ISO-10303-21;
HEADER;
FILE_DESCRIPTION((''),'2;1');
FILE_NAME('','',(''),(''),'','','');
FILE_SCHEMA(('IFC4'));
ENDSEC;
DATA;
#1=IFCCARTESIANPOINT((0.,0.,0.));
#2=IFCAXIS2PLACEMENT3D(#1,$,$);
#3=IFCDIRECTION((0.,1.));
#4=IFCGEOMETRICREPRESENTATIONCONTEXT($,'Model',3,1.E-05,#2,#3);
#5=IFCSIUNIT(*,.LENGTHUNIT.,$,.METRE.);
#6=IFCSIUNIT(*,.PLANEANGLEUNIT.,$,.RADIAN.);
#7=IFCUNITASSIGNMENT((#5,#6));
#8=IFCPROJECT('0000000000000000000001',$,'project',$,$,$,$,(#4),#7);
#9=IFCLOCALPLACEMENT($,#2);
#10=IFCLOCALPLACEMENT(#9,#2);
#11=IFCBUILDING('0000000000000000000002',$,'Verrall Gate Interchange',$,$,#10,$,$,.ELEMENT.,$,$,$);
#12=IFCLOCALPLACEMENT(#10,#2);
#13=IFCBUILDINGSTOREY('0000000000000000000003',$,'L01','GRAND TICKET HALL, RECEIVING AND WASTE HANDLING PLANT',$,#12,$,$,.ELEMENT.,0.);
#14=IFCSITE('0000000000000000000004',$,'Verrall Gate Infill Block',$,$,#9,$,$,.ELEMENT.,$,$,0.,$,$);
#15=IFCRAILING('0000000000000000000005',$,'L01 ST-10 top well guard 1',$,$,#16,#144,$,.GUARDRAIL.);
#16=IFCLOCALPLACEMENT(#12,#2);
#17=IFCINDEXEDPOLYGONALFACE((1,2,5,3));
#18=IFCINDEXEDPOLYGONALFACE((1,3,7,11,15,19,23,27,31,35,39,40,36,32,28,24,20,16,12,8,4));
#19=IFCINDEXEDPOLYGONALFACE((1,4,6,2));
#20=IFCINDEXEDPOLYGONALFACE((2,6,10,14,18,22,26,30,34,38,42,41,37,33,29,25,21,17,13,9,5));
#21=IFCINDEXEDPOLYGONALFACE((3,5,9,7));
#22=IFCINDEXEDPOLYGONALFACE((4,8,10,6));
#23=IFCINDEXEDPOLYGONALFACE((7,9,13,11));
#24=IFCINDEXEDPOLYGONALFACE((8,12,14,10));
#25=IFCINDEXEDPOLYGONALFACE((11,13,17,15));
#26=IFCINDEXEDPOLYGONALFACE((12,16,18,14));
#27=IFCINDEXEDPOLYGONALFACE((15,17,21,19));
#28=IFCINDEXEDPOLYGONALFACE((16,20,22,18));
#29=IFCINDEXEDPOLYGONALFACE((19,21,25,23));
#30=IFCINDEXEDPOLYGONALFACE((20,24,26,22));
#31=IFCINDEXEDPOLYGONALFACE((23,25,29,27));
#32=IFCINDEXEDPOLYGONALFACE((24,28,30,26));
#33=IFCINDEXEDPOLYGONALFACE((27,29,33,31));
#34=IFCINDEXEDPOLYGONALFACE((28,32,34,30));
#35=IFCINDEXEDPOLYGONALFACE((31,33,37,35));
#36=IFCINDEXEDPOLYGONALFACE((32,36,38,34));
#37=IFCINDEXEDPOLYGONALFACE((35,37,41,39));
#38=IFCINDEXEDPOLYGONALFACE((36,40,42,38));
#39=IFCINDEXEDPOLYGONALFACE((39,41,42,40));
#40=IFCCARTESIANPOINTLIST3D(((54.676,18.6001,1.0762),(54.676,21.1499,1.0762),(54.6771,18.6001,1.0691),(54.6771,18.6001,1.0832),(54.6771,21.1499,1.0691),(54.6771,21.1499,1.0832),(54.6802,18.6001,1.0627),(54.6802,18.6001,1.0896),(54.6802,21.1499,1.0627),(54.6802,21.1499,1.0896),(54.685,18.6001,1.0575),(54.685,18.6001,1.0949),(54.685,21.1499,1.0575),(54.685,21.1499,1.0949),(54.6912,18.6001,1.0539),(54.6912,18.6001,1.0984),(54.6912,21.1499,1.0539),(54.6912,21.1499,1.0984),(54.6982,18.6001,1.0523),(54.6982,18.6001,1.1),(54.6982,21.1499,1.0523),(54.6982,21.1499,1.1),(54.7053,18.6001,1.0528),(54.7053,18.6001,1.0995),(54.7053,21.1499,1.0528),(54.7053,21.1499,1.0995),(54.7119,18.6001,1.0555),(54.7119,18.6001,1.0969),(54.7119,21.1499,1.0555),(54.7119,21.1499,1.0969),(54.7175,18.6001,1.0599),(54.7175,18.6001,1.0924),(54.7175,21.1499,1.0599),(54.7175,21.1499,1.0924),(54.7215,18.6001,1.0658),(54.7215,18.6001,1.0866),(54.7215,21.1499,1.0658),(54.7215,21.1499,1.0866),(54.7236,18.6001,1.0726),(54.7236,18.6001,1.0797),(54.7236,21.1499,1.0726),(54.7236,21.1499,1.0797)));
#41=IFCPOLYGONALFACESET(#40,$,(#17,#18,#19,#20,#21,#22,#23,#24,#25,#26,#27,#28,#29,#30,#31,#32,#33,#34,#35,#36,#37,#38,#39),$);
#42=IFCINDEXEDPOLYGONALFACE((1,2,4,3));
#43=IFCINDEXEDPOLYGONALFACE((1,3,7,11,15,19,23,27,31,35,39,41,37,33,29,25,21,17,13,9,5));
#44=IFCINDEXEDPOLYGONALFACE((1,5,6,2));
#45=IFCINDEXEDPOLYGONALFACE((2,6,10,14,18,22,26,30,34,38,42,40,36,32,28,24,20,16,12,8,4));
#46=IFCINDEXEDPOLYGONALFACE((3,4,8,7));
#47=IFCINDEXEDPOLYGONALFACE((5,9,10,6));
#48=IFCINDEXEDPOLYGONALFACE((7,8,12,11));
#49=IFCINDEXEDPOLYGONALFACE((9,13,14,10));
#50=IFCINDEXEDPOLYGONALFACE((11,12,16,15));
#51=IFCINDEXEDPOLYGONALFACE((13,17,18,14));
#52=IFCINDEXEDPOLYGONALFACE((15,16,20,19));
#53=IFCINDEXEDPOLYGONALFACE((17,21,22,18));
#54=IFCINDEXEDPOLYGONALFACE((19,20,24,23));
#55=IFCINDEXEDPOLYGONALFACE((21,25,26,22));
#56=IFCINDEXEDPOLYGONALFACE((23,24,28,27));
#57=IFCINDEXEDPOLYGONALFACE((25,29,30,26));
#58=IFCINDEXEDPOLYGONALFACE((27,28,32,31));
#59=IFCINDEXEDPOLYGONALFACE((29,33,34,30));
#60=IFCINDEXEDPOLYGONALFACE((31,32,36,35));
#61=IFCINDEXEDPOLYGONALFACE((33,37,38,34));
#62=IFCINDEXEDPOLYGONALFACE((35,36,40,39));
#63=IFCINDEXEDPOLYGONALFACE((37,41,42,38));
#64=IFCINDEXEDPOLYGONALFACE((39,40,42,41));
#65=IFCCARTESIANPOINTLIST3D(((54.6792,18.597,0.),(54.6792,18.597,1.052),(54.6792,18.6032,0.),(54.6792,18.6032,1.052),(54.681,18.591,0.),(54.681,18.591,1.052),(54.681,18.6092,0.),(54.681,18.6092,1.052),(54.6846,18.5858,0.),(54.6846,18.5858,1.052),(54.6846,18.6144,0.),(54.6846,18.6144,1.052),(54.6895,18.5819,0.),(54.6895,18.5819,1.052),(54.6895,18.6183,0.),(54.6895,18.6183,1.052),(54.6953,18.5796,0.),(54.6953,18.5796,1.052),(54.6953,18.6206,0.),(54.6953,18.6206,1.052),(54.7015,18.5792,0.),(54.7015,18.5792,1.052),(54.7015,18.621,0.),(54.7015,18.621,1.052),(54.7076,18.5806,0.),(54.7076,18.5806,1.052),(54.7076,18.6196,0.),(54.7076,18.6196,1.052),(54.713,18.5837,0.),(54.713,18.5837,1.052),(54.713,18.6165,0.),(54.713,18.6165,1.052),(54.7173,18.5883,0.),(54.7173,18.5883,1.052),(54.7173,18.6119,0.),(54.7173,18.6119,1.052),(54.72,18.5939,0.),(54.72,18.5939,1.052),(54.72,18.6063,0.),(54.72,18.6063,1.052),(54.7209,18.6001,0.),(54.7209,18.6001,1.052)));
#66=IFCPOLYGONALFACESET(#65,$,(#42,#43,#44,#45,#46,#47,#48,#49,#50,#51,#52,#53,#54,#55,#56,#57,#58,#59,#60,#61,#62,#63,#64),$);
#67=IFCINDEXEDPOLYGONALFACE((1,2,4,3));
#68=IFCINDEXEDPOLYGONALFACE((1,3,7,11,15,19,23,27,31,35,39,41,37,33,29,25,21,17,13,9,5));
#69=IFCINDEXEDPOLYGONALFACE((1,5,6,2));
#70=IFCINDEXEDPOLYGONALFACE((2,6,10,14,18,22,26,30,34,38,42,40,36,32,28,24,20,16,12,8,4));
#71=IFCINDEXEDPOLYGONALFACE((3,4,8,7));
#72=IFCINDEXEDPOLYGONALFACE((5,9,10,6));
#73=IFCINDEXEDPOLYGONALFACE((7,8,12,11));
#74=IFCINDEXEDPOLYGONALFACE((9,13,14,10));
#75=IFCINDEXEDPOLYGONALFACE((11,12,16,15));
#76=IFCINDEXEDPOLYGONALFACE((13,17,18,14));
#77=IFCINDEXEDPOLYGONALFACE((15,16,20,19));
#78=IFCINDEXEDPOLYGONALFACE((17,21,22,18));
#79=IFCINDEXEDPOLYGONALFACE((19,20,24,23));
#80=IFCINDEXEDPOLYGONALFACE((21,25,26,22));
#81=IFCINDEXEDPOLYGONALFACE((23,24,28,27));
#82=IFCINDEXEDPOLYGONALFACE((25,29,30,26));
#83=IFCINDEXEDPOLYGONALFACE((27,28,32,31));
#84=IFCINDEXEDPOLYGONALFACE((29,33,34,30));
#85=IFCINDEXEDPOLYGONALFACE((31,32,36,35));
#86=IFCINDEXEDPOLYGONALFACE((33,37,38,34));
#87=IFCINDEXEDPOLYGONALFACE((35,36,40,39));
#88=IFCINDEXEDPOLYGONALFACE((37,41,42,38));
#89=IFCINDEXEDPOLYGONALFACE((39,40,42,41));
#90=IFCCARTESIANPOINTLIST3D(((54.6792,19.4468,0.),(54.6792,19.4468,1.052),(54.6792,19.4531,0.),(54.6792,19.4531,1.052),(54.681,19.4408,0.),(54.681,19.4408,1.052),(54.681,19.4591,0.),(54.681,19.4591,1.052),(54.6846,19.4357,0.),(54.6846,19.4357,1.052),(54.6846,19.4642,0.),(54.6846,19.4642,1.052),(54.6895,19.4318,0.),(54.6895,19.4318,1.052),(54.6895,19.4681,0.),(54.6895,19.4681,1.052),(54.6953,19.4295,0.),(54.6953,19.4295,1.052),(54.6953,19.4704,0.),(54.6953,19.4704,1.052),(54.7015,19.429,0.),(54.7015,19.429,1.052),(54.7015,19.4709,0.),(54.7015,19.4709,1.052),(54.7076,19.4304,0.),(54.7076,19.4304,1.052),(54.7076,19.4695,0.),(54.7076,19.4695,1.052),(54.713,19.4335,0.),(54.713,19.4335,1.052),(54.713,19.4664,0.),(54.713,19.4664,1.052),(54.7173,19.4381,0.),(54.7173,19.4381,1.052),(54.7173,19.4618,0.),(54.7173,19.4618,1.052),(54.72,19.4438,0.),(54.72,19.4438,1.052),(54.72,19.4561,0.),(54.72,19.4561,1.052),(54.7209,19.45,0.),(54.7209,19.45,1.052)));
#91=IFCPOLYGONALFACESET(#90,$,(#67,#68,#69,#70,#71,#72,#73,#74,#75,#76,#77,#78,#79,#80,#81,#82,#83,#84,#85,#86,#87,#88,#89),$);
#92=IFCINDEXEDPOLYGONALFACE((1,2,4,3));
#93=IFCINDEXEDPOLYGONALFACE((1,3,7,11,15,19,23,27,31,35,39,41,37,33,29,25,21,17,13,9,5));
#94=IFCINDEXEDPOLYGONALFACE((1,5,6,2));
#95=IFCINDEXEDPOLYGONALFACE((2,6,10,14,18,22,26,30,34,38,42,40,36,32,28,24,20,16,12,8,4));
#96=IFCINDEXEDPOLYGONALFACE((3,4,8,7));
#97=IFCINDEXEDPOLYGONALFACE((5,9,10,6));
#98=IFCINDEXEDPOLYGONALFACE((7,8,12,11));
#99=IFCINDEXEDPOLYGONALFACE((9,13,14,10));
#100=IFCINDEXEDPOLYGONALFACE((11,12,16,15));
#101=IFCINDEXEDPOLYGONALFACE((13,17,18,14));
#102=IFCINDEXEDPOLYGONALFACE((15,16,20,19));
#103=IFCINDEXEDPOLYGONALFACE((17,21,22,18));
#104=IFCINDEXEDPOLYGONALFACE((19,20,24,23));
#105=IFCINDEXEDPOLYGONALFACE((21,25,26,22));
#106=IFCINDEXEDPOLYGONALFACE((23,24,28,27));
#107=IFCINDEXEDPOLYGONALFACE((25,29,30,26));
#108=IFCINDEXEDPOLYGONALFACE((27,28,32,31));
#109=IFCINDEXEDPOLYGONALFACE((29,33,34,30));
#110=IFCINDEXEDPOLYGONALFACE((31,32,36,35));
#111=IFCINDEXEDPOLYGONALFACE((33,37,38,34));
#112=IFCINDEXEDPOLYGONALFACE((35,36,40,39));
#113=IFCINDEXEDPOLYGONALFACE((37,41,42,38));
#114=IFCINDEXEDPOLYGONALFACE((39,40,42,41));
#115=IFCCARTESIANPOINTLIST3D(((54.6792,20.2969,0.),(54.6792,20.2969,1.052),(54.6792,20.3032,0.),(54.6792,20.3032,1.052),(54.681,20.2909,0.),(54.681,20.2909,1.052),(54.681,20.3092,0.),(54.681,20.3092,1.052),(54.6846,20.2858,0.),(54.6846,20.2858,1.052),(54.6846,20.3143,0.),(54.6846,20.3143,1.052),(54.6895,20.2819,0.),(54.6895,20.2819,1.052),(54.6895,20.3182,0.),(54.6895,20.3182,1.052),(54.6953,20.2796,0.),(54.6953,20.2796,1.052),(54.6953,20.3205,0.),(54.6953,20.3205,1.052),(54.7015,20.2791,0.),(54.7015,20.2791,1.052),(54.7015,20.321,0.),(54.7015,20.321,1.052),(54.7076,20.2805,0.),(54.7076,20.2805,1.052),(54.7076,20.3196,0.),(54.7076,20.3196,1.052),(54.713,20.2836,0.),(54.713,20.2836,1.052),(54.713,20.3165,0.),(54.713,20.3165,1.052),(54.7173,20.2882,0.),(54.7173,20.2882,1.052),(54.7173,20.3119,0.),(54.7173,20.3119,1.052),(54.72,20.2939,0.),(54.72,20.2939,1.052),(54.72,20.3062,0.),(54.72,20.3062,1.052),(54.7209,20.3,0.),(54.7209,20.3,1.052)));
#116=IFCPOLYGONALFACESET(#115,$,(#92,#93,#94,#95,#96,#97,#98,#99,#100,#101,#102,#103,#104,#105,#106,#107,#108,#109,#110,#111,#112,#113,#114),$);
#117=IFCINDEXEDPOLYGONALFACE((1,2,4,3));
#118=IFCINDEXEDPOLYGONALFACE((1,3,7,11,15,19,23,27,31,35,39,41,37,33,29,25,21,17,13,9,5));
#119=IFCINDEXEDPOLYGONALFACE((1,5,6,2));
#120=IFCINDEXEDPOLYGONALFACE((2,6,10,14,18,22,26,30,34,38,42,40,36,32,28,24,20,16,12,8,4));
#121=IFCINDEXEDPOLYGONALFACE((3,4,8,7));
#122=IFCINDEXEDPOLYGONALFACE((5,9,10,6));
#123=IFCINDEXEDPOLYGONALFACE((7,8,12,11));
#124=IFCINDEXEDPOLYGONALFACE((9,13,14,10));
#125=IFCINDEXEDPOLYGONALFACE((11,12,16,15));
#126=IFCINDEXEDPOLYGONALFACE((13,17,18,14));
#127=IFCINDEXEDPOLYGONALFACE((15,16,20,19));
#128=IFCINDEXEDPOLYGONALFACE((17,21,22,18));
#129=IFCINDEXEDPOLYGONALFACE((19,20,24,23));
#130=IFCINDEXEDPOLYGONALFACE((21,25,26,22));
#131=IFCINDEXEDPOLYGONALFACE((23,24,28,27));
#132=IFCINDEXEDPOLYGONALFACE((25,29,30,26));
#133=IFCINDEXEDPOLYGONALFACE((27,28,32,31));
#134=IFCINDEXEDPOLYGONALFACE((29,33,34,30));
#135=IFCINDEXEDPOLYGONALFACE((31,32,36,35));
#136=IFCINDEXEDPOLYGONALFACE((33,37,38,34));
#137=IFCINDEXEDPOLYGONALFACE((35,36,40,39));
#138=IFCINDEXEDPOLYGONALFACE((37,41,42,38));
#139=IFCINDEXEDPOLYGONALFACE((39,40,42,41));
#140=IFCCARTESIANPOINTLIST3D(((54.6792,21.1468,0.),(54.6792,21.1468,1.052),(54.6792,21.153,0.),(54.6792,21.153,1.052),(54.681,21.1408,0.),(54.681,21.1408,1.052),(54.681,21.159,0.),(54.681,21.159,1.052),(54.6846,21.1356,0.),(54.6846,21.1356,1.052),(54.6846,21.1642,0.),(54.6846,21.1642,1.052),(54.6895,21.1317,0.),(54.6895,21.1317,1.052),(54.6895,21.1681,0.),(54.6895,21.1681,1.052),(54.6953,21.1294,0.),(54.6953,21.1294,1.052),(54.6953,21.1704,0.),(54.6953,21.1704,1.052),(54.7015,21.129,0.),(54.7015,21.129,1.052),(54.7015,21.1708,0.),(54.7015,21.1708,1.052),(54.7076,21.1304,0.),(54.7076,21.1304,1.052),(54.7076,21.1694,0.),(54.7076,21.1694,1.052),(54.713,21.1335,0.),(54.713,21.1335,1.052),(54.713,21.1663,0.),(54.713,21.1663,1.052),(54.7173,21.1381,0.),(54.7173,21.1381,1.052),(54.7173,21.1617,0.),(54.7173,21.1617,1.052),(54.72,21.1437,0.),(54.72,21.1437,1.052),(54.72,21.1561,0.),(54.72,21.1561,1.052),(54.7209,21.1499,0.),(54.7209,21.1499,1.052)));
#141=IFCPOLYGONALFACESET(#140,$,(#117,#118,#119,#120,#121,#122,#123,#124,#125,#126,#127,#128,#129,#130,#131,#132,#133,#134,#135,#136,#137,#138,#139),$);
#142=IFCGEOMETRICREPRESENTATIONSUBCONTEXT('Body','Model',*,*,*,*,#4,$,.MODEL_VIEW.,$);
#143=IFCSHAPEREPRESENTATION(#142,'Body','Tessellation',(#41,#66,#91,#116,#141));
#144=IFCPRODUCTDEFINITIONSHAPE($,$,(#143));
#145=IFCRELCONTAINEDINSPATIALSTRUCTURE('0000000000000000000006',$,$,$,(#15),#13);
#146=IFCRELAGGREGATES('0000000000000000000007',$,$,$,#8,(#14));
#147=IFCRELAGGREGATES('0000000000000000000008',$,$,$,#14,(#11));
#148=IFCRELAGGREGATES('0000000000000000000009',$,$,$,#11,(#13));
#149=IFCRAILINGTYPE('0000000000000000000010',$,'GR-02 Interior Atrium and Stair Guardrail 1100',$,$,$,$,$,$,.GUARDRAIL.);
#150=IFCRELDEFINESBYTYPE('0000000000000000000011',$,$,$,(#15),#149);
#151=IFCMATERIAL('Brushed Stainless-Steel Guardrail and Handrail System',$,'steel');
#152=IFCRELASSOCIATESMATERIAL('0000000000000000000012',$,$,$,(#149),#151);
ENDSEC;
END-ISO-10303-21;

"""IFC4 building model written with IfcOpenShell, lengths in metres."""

from ifc_helpers import new_model, si_unit, direction, frame, origin, origin_2d, place, context, subcontext, project, spatial, circle, extrude, material, type_object, element, save


model = new_model("IFC4")

# Units and contexts
model_context = context("Model", 3, precision=1e-05, world=origin(), true_north=direction((0.0, 1.0)))
body_context = subcontext(model_context, "Body", "Model", "MODEL_VIEW")
ifc_project = project(units=[si_unit("LENGTHUNIT", "METRE"), si_unit("PLANEANGLEUNIT", "RADIAN")], contexts=[model_context])

# Site, building, storey
site_placement = place(None, origin())
site = spatial("IfcSite", under=ifc_project, at=site_placement, Name="Verrall Gate Infill Block", CompositionType="ELEMENT", RefElevation=0.0)
building_placement = place(site_placement, origin())
building = spatial("IfcBuilding", under=site, at=building_placement, Name="Verrall Gate Interchange", CompositionType="ELEMENT")
storey_placement = place(building_placement, origin())
storey = spatial("IfcBuildingStorey", under=building, at=storey_placement, Name="L01", Description="GRAND TICKET HALL, RECEIVING AND WASTE HANDLING PLANT", CompositionType="ELEMENT", Elevation=0.0)

# Railing
ifc_material_1 = material(Name="Brushed Stainless-Steel Guardrail and Handrail System", Category="steel")
railing_type = type_object("IfcRailingType", Name="GR-02 Interior Atrium and Stair Guardrail 1100", PredefinedType="GUARDRAIL", material=ifc_material_1)
railing_placement = place(storey_placement, frame((54.7, 18.6001, 0.0)))
element("IfcRailing", 1, at=railing_placement, inside=storey, type_object=railing_type, Name="L01 ST-10 top well guard 1", PredefinedType="GUARDRAIL", context=body_context, shape_type="SweptSolid", body=[
    extrude(circle(Radius=0.0239, at=origin_2d()), frame((0.0, 0.0, 1.0762), z_axis=(0.0, 1.0, 0.0), x_axis=(-1.0, 0.0, 0.0)), (0.0, 0.0, 1.0), 2.5498),
    extrude(circle(Radius=0.021, at=origin_2d()), origin(), (0.0, 0.0, 1.0), 1.052),
    extrude(circle(Radius=0.021, at=origin_2d()), frame((0.0, 0.8499, 0.0)), (0.0, 0.0, 1.0), 1.052),
    extrude(circle(Radius=0.021, at=origin_2d()), frame((0.0, 1.7, 0.0)), (0.0, 0.0, 1.0), 1.052),
    extrude(circle(Radius=0.021, at=origin_2d()), frame((0.0, 2.5498, 0.0)), (0.0, 0.0, 1.0), 1.052),
])

save(model, "model.ifc")
